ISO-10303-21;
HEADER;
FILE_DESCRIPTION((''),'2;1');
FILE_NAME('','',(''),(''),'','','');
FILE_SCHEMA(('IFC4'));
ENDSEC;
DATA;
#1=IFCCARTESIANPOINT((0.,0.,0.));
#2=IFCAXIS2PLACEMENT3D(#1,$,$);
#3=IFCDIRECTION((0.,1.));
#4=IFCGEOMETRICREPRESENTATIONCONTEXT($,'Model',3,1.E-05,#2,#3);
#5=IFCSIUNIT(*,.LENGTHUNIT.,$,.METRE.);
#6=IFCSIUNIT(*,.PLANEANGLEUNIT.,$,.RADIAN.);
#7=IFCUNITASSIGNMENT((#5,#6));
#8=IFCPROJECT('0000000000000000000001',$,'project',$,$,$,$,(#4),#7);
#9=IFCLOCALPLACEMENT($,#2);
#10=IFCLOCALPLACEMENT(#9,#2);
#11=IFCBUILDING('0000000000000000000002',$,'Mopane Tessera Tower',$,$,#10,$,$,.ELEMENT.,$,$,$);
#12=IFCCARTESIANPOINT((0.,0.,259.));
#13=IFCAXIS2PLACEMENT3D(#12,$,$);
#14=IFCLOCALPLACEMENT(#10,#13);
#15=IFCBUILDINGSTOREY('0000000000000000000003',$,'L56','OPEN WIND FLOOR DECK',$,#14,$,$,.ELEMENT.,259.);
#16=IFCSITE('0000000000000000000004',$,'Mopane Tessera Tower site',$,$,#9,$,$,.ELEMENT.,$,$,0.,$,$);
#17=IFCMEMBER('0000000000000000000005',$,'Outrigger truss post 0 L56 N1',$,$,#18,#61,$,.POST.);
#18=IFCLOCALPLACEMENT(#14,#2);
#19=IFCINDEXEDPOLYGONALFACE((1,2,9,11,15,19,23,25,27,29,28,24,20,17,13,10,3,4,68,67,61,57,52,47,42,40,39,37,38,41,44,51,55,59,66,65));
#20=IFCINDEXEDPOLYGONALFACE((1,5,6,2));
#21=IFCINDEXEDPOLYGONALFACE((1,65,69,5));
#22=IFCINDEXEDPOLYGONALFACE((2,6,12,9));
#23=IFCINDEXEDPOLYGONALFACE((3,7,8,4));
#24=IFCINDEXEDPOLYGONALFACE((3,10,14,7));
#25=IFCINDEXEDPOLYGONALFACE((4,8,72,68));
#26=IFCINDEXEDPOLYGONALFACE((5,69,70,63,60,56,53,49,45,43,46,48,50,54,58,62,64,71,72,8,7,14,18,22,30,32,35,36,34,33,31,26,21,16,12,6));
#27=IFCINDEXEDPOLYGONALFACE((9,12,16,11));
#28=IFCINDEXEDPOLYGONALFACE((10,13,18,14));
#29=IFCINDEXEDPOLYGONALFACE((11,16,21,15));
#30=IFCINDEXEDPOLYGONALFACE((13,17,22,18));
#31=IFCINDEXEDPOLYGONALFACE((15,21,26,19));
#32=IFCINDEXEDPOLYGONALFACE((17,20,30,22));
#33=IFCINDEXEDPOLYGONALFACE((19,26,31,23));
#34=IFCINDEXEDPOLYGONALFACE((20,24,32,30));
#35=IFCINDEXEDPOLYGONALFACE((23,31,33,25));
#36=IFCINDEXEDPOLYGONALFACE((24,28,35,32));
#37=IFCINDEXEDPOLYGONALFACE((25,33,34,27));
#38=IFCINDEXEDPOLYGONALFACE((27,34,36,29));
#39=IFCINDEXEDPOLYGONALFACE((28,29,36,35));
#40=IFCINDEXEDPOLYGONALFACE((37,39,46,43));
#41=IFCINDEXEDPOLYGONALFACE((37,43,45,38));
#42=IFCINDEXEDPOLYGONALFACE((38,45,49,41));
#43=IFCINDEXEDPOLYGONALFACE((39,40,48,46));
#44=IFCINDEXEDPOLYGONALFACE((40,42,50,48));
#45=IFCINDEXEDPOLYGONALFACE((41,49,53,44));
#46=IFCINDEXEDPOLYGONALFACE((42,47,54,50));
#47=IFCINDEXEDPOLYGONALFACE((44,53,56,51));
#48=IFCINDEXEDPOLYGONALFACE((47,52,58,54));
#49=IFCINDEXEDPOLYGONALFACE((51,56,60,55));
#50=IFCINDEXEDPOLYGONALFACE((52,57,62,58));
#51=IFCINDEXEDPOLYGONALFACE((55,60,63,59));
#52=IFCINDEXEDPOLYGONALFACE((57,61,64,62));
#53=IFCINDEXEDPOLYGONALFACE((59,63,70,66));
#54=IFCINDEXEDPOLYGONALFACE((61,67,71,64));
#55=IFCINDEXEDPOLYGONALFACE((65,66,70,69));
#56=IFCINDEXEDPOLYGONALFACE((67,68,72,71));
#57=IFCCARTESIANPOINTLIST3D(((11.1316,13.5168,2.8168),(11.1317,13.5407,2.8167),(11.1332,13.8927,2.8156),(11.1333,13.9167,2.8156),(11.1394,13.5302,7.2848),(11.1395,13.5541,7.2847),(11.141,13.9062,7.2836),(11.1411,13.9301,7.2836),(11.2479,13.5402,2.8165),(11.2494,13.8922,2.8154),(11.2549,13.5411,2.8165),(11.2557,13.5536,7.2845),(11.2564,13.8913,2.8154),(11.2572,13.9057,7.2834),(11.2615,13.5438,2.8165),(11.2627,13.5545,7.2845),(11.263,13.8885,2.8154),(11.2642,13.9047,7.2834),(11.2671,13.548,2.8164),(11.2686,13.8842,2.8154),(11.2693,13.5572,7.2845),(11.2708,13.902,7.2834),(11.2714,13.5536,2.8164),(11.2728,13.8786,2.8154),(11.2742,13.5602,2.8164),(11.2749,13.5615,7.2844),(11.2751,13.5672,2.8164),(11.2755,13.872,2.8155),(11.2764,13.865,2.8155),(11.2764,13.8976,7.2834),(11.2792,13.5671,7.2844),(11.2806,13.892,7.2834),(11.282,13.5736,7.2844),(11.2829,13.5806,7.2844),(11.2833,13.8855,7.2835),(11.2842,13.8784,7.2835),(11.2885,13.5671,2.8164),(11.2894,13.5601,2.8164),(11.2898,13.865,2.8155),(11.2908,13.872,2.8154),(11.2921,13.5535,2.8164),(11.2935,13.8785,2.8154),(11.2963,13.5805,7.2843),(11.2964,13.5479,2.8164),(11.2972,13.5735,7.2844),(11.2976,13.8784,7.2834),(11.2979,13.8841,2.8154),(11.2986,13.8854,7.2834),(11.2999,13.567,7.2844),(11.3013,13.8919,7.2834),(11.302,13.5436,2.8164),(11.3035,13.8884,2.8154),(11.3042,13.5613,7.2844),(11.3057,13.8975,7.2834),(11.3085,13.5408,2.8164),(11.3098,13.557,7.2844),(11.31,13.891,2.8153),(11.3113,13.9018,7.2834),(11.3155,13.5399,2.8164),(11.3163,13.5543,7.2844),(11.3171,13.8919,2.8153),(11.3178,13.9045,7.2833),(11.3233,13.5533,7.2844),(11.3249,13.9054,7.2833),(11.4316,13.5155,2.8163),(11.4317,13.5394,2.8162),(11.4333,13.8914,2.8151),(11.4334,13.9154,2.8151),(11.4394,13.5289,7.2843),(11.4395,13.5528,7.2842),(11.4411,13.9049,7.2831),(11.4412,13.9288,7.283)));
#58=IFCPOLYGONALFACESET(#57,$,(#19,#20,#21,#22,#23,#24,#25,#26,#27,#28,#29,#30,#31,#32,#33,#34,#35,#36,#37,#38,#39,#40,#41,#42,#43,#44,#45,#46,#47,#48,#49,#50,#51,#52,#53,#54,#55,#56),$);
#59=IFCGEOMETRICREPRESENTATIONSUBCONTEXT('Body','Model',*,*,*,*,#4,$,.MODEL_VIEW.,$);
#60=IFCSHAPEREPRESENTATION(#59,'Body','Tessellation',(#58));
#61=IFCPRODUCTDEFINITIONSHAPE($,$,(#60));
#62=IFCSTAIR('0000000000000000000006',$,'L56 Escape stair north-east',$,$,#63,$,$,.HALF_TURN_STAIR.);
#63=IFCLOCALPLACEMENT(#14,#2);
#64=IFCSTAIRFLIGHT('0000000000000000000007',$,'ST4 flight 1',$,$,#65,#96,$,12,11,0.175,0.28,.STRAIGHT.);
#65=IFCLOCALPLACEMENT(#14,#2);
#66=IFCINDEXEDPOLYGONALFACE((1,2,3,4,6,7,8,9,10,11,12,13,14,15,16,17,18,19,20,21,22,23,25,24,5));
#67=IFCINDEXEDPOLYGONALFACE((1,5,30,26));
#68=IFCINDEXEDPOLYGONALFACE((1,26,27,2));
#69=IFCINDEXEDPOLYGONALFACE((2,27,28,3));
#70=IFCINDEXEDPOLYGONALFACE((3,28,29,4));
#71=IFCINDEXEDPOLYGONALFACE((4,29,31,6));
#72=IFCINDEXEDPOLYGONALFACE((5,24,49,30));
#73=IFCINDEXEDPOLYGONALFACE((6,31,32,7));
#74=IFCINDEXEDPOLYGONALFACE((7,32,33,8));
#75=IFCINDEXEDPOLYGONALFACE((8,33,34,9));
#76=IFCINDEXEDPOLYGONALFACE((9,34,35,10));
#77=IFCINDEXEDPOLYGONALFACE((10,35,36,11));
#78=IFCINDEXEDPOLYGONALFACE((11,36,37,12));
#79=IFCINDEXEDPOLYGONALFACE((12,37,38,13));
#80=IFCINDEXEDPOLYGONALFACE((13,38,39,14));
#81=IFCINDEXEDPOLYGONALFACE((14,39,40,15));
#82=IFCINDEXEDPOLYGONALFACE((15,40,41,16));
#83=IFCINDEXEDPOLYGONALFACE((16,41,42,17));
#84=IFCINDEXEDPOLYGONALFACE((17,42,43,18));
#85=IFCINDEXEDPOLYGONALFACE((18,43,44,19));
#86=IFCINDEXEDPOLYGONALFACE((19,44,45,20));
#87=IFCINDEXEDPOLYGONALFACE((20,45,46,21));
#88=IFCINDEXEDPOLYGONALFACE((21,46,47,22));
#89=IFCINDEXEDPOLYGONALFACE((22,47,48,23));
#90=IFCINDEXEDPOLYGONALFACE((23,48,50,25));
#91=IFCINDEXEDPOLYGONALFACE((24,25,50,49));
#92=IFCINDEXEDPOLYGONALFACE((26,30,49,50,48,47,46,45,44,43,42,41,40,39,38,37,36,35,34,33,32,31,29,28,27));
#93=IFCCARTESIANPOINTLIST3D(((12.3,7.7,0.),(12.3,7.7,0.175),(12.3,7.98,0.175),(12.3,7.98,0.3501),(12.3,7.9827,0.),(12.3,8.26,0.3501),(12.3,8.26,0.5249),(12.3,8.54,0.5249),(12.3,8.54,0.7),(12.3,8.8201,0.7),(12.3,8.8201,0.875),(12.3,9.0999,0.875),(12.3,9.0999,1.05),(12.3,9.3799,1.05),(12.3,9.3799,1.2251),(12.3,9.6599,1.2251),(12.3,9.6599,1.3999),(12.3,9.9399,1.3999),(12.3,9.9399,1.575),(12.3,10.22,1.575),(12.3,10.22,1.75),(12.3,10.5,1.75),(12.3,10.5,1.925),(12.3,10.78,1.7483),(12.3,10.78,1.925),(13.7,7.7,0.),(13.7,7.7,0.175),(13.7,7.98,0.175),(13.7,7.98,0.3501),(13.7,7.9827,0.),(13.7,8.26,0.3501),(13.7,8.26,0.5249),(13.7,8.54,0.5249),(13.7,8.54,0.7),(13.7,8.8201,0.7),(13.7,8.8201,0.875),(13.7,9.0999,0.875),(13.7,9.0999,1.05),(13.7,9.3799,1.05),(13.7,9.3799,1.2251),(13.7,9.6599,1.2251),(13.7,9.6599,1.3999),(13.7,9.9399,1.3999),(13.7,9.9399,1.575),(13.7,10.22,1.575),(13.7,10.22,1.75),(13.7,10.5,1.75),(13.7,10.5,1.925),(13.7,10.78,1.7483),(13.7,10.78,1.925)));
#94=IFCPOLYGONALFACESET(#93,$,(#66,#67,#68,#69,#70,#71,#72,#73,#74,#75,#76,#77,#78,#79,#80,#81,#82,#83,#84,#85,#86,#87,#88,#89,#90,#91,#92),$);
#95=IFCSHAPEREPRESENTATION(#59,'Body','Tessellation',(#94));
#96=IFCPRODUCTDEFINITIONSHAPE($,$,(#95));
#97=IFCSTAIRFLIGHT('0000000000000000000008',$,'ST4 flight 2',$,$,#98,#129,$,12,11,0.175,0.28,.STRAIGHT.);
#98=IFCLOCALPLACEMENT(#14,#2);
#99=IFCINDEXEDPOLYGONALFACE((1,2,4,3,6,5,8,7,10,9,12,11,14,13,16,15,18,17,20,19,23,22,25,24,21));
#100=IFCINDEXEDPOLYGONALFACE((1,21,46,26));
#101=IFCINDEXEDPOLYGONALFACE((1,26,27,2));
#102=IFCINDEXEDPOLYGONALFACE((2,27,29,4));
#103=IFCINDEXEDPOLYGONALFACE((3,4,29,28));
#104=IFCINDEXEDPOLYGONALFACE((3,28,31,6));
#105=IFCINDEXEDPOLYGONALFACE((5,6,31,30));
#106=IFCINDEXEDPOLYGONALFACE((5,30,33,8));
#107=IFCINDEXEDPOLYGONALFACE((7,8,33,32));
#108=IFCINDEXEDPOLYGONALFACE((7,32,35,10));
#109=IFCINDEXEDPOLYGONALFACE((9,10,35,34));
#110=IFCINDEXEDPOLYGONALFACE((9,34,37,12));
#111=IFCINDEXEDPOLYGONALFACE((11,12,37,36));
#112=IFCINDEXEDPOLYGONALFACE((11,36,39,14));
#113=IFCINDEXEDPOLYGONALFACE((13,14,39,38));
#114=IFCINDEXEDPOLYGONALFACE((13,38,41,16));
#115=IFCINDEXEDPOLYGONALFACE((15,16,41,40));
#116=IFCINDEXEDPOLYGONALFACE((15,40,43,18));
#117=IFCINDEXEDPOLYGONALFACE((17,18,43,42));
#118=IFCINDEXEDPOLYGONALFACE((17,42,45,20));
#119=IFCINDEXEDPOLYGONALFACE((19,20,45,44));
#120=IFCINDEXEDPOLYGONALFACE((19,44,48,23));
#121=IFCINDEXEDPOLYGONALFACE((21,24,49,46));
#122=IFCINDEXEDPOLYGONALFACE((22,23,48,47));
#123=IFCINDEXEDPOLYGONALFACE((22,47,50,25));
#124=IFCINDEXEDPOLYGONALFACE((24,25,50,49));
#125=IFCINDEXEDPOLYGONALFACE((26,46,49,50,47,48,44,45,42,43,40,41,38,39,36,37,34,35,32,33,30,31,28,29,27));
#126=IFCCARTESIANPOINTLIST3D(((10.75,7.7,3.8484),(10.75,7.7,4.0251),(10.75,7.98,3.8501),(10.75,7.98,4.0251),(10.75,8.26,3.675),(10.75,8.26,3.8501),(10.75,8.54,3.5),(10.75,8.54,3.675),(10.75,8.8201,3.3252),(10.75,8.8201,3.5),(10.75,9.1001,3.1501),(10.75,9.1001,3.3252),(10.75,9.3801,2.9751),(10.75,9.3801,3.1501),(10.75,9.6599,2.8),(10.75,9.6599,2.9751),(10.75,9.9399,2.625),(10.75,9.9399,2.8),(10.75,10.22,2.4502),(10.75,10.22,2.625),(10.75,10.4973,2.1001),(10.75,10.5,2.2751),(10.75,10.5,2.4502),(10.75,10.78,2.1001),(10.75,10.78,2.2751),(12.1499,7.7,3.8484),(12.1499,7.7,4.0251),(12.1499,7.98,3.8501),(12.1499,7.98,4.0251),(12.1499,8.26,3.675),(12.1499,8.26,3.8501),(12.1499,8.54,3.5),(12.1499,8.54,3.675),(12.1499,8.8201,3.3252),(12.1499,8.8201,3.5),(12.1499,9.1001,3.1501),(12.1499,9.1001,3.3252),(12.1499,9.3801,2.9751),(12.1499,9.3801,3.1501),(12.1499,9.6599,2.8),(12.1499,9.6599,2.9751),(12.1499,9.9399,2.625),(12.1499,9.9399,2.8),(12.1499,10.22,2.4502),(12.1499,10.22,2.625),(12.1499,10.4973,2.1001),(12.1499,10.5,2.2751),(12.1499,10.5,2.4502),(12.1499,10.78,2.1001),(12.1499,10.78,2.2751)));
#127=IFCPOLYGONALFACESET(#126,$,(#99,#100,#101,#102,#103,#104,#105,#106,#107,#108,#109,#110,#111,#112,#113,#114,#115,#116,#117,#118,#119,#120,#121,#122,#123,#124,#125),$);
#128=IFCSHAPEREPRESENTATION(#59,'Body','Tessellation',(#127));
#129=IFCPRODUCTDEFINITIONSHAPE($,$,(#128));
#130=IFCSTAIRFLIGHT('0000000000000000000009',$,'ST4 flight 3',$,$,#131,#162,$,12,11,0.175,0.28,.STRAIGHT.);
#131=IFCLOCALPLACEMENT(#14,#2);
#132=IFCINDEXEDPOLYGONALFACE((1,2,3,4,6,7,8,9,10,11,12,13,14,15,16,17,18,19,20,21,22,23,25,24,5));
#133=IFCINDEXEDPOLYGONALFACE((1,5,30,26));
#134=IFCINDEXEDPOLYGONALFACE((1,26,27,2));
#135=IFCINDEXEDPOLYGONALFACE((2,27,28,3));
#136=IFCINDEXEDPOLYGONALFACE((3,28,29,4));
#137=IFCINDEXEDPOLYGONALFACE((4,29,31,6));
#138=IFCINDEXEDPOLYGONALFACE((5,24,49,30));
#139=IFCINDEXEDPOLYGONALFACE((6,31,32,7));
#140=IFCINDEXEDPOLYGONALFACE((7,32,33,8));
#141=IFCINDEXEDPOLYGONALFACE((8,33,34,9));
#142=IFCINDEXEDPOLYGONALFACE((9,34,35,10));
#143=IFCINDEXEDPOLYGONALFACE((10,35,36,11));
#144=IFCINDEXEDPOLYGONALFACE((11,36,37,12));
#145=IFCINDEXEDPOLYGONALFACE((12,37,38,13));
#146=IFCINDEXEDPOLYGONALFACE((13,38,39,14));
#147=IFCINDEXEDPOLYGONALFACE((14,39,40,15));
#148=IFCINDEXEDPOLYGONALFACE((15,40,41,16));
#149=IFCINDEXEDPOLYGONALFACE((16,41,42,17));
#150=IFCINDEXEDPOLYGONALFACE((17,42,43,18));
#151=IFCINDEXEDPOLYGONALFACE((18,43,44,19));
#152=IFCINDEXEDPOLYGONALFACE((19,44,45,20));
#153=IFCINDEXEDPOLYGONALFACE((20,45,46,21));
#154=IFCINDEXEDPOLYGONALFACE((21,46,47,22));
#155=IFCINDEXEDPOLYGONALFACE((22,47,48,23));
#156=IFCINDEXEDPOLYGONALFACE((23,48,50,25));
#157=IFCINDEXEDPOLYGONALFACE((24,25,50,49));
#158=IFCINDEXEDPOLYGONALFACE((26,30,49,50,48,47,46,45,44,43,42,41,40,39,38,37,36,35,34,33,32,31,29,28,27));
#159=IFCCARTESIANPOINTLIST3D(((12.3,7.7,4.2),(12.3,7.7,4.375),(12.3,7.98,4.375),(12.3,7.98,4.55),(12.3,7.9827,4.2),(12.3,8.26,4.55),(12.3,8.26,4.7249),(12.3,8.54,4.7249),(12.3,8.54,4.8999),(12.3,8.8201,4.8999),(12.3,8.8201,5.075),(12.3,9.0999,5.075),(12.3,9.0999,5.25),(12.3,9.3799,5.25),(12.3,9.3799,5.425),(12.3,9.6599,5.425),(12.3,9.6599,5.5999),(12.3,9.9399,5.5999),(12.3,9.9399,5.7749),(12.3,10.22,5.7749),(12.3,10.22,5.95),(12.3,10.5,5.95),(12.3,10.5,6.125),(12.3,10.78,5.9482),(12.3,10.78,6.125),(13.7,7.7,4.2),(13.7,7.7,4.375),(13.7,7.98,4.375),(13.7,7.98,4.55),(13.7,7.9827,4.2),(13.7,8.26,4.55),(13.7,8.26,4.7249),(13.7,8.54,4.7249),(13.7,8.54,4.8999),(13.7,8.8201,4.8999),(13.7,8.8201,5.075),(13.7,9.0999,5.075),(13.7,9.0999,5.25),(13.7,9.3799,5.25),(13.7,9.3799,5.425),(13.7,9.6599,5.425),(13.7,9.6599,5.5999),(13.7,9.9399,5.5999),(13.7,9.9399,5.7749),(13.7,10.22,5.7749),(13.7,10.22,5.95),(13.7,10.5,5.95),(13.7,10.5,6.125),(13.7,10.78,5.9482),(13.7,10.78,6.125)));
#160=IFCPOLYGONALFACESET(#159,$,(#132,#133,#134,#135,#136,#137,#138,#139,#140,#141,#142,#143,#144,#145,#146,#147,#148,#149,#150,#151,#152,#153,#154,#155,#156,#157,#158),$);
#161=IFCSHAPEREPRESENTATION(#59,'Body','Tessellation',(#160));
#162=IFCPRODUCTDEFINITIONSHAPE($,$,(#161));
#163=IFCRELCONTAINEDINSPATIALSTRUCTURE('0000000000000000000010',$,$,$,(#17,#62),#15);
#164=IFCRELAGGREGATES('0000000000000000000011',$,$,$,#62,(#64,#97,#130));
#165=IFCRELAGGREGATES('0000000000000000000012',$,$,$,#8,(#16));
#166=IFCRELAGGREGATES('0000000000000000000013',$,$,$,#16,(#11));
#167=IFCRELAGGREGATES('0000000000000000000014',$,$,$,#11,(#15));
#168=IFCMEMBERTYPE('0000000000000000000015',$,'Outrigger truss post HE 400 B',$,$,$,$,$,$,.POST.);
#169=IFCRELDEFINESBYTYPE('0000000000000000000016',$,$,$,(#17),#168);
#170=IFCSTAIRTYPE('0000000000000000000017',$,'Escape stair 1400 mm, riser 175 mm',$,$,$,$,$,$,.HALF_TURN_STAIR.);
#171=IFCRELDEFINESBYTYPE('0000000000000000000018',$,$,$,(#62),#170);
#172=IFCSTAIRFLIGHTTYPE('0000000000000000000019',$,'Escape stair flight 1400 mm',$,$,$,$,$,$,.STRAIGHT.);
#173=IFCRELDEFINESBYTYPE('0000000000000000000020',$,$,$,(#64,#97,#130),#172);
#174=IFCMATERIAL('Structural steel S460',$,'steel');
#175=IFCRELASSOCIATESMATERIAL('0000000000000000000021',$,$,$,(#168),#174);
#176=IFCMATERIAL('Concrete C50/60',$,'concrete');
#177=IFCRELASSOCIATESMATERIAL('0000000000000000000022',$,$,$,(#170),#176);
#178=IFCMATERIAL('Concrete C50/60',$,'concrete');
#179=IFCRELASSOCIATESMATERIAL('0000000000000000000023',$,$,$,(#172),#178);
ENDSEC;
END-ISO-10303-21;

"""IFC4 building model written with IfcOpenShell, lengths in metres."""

from ifc_helpers import new_model, si_unit, direction, frame, origin, origin_2d, place, context, subcontext, project, spatial, polyline, i_section, outline, extrude, material, material_profile, profile_set, type_object, element, aggregate, save


model = new_model("IFC4")

# Units and contexts
model_context = context("Model", 3, precision=1e-05, world=origin(), true_north=direction((0.0, 1.0)))
body_context = subcontext(model_context, "Body", "Model", "MODEL_VIEW")
ifc_project = project(units=[si_unit("LENGTHUNIT", "METRE"), si_unit("PLANEANGLEUNIT", "RADIAN")], contexts=[model_context])

# Site, building, storey
site_placement = place(None, origin())
site = spatial("IfcSite", under=ifc_project, at=site_placement, Name="Mopane Tessera Tower site", CompositionType="ELEMENT", RefElevation=0.0)
building_placement = place(site_placement, origin())
building = spatial("IfcBuilding", under=site, at=building_placement, Name="Mopane Tessera Tower", CompositionType="ELEMENT")
storey_placement = place(building_placement, frame((0.0, 0.0, 259.0)))
storey = spatial("IfcBuildingStorey", under=building, at=storey_placement, Name="L56", Description="OPEN WIND FLOOR DECK", CompositionType="ELEMENT", Elevation=259.0)

# Member
ifc_material_1 = material(Name="Structural steel S460", Category="steel")
ifc_material_profile_1 = material_profile(ifc_material_1, i_section(OverallWidth=0.3, OverallDepth=0.3999, WebThickness=0.0134, FlangeThickness=0.0239, FilletRadius=0.0271, at=origin_2d()))
ifc_profile_set_1 = profile_set([ifc_material_profile_1], Name="Structural steel S460")
member_type_1 = type_object("IfcMemberType", Name="Outrigger truss post HE 400 B", PredefinedType="POST", material=ifc_profile_set_1)
member_1_placement = place(storey_placement, frame((11.2825, 13.7161, 2.8159), z_axis=(0.001749, 0.003005, 0.999994), x_axis=(-0.999989, 0.004363, 0.001735)))
element("IfcMember", 1, at=member_1_placement, inside=storey, type_object=member_type_1, Name="Outrigger truss post 0 L56 N1", PredefinedType="POST", context=body_context, shape_type="SweptSolid", body=[
    extrude(i_section(OverallWidth=0.3, OverallDepth=0.3999, WebThickness=0.0134, FlangeThickness=0.0239, FilletRadius=0.0271, at=origin_2d()), origin(), (0.0, 0.0, 1.0), 4.468),
])

# Stair, stair flights
ifc_material_2 = material(Name="Concrete C50/60", Category="concrete")
stair_type = type_object("IfcStairType", Name="Escape stair 1400 mm, riser 175 mm", PredefinedType="HALF_TURN_STAIR", material=ifc_material_2)
stair_placement = place(storey_placement, origin())
stair = element("IfcStair", 2, at=stair_placement, inside=storey, type_object=stair_type, Name="L56 Escape stair north-east", PredefinedType="HALF_TURN_STAIR")
ifc_material_3 = material(Name="Concrete C50/60", Category="concrete")
stair_flight_type = type_object("IfcStairFlightType", Name="Escape stair flight 1400 mm", PredefinedType="STRAIGHT", material=ifc_material_3)
stair_flight_1_placement = place(storey_placement, frame((13.0, 7.7, 0.0), z_axis=(0.0, 0.0, 1.0), x_axis=(0.0, 1.0, 0.0)))
stair_flight_1 = element("IfcStairFlight", 3, at=stair_flight_1_placement, type_object=stair_flight_type, Name="ST4 flight 1", NumberOfRisers=12, NumberOfTreads=11, PredefinedType="STRAIGHT", RiserHeight=0.175, TreadLength=0.28, context=body_context, shape_type="SweptSolid", body=[
    extrude(outline(polyline([(0.0, 0.0), (0.0, 0.175), (0.28, 0.175), (0.28, 0.3501), (0.5601, 0.3501), (0.5601, 0.5249), (0.8401, 0.5249), (0.8401, 0.7), (1.1201, 0.7), (1.1201, 0.875), (1.3999, 0.875), (1.3999, 1.05), (1.6799, 1.05), (1.6799, 1.2251), (1.96, 1.2251), (1.96, 1.3999), (2.24, 1.3999), (2.24, 1.575), (2.52, 1.575), (2.52, 1.75), (2.8, 1.75), (2.8, 1.925), (3.0801, 1.925), (3.0801, 2.1001), (3.0801, 1.7483), (0.2827, 0.0), (0.0, 0.0)])), frame((0.0, 0.7, 0.0), z_axis=(0.0, -1.0, 0.0), x_axis=(1.0, 0.0, 0.0)), (0.0, 0.0, 1.0), 1.3999),
])
stair_flight_2_placement = place(storey_placement, frame((11.45, 10.78, 2.1001), z_axis=(0.0, 0.0, 1.0), x_axis=(0.0, -1.0, 0.0)))
stair_flight_2 = element("IfcStairFlight", 4, at=stair_flight_2_placement, type_object=stair_flight_type, Name="ST4 flight 2", NumberOfRisers=12, NumberOfTreads=11, PredefinedType="STRAIGHT", RiserHeight=0.175, TreadLength=0.28, context=body_context, shape_type="SweptSolid", body=[
    extrude(outline(polyline([(0.0, 0.0), (0.0, 0.175), (0.28, 0.175), (0.28, 0.3501), (0.5601, 0.3501), (0.5601, 0.5249), (0.8401, 0.5249), (0.8401, 0.7), (1.1201, 0.7), (1.1201, 0.875), (1.3999, 0.875), (1.3999, 1.05), (1.6799, 1.05), (1.6799, 1.2251), (1.96, 1.2251), (1.96, 1.3999), (2.24, 1.3999), (2.24, 1.575), (2.52, 1.575), (2.52, 1.75), (2.8, 1.75), (2.8, 1.925), (3.0801, 1.925), (3.0801, 2.1001), (3.0801, 1.7483), (0.2827, 0.0), (0.0, 0.0)])), frame((0.0, 0.7, 0.0), z_axis=(0.0, -1.0, 0.0), x_axis=(1.0, 0.0, 0.0)), (0.0, 0.0, 1.0), 1.3999),
])
stair_flight_3_placement = place(storey_placement, frame((13.0, 7.7, 4.2), z_axis=(0.0, 0.0, 1.0), x_axis=(0.0, 1.0, 0.0)))
stair_flight_3 = element("IfcStairFlight", 5, at=stair_flight_3_placement, type_object=stair_flight_type, Name="ST4 flight 3", NumberOfRisers=12, NumberOfTreads=11, PredefinedType="STRAIGHT", RiserHeight=0.175, TreadLength=0.28, context=body_context, shape_type="SweptSolid", body=[
    extrude(outline(polyline([(0.0, 0.0), (0.0, 0.175), (0.28, 0.175), (0.28, 0.3501), (0.5601, 0.3501), (0.5601, 0.5249), (0.8401, 0.5249), (0.8401, 0.7), (1.1201, 0.7), (1.1201, 0.875), (1.3999, 0.875), (1.3999, 1.05), (1.6799, 1.05), (1.6799, 1.2251), (1.96, 1.2251), (1.96, 1.3999), (2.24, 1.3999), (2.24, 1.575), (2.52, 1.575), (2.52, 1.75), (2.8, 1.75), (2.8, 1.925), (3.0801, 1.925), (3.0801, 2.1001), (3.0801, 1.7483), (0.2827, 0.0), (0.0, 0.0)])), frame((0.0, 0.7, 0.0), z_axis=(0.0, -1.0, 0.0), x_axis=(1.0, 0.0, 0.0)), (0.0, 0.0, 1.0), 1.3999),
])
aggregate(stair, [stair_flight_1, stair_flight_2, stair_flight_3])

save(model, "model.ifc")
